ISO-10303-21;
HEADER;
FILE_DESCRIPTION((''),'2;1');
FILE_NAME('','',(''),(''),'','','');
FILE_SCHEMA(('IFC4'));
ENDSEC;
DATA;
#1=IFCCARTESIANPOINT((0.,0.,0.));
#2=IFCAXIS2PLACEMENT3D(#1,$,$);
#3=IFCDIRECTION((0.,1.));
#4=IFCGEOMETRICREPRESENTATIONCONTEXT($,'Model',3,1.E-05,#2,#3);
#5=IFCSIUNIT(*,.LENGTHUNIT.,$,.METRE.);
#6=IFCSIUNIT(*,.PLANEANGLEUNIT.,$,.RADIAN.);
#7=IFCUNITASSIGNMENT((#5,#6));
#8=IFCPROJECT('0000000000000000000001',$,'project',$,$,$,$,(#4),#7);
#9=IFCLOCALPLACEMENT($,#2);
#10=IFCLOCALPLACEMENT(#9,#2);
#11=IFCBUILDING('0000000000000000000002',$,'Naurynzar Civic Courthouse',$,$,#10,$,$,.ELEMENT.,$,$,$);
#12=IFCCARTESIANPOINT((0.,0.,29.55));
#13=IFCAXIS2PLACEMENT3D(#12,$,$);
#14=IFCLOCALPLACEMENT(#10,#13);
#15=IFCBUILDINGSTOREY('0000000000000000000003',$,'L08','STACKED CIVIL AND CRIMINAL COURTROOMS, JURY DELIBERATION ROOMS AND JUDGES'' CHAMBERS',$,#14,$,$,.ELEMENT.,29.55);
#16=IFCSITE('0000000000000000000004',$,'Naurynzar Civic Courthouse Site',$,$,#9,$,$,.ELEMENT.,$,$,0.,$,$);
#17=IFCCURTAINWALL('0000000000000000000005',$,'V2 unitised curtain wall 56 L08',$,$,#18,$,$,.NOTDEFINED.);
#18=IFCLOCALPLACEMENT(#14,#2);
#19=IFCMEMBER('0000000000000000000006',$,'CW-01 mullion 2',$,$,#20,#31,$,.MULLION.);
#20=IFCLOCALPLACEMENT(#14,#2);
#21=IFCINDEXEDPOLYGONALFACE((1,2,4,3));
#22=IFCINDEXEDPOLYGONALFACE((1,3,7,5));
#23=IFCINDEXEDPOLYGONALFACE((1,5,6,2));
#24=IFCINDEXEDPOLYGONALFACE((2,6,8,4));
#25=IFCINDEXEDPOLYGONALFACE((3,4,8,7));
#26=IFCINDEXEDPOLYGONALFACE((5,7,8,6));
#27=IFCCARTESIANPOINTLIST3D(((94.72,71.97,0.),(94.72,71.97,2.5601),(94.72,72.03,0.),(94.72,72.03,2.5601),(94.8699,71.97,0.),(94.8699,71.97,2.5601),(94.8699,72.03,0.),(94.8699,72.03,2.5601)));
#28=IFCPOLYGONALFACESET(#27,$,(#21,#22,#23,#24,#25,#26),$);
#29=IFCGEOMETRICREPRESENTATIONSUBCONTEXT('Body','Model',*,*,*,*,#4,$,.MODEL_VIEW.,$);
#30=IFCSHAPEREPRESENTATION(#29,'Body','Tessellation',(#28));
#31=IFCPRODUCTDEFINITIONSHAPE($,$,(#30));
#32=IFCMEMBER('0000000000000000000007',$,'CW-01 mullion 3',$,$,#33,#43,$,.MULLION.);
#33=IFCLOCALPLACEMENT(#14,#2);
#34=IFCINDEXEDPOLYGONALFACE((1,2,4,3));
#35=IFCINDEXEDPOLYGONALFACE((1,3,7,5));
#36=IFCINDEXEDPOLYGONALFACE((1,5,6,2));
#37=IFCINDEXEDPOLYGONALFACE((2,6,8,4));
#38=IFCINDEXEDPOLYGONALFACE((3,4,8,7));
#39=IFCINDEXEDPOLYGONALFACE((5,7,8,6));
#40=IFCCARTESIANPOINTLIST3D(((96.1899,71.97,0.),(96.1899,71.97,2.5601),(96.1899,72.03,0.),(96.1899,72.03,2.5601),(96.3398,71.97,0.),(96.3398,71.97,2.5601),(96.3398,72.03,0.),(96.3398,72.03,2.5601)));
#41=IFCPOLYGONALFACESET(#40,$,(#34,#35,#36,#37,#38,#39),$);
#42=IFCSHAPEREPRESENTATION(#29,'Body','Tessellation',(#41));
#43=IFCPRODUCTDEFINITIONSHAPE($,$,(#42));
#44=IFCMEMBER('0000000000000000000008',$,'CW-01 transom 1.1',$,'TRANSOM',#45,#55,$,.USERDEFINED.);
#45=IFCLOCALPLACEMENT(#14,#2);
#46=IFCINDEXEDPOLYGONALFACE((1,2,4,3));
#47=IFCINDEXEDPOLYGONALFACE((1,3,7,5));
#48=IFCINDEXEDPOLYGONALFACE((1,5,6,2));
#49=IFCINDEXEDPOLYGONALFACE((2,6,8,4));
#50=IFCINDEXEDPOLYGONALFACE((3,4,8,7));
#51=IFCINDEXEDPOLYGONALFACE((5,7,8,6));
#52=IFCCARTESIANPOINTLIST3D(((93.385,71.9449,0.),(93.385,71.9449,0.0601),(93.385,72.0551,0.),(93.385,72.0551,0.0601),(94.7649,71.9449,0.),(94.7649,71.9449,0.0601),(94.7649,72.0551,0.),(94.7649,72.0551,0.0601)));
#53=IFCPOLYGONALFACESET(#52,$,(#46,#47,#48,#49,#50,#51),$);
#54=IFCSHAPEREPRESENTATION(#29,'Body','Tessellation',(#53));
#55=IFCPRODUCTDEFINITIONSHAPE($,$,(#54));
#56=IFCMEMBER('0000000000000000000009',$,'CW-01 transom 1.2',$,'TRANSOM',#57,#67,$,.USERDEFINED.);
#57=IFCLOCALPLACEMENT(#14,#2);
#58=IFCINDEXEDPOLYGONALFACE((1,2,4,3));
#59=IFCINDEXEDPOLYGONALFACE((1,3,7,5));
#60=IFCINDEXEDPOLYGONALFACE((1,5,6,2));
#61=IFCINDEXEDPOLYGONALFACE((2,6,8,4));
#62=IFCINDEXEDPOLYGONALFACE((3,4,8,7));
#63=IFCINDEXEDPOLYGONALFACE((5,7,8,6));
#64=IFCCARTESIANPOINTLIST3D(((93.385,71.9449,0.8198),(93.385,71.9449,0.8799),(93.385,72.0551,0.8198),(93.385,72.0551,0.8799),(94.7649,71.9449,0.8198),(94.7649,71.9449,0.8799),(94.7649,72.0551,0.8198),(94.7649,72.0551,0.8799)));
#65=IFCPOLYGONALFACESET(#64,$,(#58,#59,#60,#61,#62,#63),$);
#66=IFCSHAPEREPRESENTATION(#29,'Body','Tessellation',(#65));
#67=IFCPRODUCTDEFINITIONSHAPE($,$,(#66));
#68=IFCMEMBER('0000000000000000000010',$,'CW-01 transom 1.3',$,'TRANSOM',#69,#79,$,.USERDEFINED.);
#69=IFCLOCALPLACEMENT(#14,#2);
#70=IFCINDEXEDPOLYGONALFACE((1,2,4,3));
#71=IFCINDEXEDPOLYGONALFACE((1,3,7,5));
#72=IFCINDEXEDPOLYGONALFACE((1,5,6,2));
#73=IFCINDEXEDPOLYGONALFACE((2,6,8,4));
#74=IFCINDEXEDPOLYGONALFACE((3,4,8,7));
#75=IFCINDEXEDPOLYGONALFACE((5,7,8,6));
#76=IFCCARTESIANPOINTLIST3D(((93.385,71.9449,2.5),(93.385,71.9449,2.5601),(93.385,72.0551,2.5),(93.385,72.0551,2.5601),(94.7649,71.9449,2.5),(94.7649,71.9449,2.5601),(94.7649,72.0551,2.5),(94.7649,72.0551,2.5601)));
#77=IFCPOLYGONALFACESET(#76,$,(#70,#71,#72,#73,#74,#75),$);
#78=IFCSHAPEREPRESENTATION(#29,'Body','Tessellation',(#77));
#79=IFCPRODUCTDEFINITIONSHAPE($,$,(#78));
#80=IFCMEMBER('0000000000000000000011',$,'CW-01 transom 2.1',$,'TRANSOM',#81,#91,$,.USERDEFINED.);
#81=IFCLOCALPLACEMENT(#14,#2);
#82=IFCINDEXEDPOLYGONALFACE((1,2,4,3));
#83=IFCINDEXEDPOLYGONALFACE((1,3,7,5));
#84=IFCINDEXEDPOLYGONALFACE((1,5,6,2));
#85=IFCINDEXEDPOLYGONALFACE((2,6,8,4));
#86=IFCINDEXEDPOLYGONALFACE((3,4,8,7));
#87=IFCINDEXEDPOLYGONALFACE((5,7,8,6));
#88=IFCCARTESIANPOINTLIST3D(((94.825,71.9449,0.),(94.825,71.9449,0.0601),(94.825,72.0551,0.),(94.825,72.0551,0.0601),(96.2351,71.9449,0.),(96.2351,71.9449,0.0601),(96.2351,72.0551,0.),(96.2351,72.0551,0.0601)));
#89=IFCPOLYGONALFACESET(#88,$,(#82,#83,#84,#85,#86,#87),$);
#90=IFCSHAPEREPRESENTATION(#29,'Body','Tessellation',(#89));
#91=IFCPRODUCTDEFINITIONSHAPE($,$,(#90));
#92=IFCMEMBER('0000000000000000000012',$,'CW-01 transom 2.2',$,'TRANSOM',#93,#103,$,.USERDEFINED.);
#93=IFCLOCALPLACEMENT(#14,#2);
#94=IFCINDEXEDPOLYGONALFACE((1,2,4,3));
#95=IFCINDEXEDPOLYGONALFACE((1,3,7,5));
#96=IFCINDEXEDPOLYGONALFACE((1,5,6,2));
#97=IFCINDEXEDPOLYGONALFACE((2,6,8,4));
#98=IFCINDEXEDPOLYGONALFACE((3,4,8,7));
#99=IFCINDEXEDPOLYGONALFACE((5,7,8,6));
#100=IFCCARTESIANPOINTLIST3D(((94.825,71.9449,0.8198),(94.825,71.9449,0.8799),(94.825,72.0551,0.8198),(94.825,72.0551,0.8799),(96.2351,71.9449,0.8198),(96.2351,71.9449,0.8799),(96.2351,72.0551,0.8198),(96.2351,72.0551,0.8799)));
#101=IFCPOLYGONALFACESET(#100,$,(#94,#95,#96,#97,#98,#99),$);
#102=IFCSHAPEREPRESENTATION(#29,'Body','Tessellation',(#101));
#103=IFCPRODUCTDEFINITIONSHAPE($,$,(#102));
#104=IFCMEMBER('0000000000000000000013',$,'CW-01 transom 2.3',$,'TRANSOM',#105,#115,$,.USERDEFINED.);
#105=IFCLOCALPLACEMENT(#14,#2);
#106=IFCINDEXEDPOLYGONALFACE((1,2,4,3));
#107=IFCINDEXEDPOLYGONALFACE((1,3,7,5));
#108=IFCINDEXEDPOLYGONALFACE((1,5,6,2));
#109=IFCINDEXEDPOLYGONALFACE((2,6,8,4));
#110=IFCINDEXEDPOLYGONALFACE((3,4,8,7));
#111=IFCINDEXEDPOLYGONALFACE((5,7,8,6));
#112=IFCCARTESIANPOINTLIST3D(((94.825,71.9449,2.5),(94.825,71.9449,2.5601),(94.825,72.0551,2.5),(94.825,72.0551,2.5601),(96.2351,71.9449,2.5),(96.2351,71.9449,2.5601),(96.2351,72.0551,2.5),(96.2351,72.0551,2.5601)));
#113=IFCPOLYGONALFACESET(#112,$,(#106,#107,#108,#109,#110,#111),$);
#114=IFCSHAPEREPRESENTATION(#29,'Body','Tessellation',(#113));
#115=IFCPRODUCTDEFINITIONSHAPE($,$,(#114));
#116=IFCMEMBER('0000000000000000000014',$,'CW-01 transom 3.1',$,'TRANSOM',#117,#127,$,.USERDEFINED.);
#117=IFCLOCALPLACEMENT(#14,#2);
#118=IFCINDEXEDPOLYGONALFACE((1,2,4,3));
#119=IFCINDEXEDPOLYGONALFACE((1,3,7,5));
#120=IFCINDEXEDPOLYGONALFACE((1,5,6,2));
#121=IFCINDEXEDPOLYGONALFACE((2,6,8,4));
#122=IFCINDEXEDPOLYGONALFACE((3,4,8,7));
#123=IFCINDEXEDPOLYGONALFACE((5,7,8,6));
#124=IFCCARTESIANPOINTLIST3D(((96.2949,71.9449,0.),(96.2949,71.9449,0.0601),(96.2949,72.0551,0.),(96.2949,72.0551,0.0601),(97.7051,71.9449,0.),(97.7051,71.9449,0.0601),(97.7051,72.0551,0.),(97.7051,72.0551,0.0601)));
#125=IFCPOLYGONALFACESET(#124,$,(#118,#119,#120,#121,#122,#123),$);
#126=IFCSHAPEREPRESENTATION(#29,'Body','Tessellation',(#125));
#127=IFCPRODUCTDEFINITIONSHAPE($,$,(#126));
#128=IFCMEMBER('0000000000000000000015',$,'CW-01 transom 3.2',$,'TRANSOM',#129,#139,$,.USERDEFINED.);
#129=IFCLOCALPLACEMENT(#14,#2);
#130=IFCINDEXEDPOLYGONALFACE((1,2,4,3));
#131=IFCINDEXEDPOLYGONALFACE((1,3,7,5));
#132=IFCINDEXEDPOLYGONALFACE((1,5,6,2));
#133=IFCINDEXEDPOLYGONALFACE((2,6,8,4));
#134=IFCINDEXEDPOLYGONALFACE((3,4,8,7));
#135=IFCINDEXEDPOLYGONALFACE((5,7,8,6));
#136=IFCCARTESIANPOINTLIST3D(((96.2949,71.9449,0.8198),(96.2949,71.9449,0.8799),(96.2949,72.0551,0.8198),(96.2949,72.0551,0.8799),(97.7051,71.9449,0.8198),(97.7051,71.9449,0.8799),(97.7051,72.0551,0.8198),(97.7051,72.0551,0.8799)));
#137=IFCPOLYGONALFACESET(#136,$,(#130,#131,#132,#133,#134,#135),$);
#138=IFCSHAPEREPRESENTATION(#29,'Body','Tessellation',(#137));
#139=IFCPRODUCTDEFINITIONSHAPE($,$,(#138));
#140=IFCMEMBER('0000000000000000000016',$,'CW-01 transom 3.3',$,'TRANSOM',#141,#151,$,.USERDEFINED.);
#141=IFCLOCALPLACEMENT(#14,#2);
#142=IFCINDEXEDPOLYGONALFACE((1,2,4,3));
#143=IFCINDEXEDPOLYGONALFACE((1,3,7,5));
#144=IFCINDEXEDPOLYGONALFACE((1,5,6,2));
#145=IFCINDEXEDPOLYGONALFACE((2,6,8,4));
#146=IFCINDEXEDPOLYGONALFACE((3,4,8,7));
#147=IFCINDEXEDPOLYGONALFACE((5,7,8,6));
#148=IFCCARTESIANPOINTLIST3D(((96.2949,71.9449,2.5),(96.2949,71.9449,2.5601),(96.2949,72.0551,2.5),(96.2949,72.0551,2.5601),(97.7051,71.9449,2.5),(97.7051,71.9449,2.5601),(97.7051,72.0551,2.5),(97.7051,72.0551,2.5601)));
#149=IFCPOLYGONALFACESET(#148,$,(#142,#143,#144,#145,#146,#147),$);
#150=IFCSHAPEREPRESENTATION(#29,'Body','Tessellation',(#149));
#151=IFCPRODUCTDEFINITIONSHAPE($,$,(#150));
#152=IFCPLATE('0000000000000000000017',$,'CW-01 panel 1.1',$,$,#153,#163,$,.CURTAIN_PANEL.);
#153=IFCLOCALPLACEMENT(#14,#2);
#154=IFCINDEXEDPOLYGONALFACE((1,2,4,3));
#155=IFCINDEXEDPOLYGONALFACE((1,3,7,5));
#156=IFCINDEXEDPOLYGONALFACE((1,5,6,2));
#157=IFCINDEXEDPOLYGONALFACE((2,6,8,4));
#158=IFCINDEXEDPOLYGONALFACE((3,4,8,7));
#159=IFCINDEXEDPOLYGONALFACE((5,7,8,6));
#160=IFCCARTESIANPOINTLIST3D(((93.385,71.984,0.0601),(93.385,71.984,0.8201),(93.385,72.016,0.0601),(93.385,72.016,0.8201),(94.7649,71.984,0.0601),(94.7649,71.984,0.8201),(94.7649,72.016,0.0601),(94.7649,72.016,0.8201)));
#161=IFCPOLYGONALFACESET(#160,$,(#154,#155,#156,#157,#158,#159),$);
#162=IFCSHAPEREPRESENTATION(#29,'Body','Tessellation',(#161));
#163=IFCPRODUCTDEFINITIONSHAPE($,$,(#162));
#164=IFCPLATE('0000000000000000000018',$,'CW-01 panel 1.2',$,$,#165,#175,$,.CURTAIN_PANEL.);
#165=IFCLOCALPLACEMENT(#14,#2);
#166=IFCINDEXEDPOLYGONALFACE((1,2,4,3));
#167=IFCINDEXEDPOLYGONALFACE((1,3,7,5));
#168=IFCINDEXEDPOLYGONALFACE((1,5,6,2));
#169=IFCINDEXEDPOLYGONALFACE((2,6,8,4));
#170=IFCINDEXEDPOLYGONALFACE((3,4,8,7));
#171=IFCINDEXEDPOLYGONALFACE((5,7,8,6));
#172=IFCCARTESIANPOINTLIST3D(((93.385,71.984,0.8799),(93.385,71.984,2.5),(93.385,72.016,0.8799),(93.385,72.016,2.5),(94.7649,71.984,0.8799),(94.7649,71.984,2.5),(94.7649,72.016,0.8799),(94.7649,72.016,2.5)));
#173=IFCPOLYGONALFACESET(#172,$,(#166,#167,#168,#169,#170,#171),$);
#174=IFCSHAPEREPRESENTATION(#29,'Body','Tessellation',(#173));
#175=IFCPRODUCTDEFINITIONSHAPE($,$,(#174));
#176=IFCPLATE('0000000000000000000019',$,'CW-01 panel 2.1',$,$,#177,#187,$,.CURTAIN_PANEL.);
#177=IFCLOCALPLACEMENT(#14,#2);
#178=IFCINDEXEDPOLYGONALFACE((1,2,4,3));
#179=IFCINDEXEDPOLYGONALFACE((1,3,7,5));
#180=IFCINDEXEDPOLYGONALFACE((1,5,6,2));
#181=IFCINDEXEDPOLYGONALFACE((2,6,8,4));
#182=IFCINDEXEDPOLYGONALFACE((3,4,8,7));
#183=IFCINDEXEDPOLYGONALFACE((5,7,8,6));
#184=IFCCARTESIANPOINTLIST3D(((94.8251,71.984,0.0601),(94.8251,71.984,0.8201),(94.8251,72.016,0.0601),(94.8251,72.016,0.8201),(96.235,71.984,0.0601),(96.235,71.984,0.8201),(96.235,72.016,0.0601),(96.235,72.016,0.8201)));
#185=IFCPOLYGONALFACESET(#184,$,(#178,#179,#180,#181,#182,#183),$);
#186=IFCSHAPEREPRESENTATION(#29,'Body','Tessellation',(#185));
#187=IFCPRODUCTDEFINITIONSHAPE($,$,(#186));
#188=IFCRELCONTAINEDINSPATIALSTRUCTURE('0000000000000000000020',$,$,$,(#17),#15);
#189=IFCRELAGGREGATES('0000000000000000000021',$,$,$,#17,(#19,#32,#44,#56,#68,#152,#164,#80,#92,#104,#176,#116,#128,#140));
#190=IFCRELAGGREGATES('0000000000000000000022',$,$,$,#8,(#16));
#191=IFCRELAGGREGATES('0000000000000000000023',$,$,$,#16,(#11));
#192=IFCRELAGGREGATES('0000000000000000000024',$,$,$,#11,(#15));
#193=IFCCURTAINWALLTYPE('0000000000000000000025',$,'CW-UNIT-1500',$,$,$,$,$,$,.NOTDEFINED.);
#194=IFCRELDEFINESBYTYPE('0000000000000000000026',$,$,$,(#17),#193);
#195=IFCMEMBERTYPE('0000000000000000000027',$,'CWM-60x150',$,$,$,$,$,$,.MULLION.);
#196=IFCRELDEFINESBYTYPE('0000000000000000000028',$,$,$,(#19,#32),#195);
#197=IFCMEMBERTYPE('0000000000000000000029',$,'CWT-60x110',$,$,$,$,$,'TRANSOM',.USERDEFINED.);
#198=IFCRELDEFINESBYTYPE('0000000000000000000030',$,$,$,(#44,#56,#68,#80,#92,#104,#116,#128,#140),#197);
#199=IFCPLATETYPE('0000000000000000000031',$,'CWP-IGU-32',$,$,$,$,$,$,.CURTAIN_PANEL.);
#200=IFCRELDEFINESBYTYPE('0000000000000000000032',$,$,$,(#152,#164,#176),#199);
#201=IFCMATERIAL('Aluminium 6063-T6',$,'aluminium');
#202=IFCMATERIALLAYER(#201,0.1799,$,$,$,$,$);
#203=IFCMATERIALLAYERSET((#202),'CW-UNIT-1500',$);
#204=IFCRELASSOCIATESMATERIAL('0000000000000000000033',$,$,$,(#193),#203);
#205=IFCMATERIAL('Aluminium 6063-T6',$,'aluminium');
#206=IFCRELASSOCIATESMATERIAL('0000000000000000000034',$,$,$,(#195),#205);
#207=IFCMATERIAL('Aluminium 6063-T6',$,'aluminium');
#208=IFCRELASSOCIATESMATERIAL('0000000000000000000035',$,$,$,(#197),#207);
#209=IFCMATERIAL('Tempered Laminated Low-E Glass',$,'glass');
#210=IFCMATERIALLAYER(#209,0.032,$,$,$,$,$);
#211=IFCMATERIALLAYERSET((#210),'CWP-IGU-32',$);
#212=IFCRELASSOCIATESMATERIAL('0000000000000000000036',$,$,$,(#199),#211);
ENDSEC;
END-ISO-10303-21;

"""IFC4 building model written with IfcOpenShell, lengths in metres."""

from ifc_helpers import new_model, si_unit, direction, frame, origin, origin_2d, place, context, subcontext, project, spatial, rectangle, extrude, material, layer, layer_set, material_profile, profile_set, type_object, element, aggregate, save


model = new_model("IFC4")

# Units and contexts
model_context = context("Model", 3, precision=1e-05, world=origin(), true_north=direction((0.0, 1.0)))
body_context = subcontext(model_context, "Body", "Model", "MODEL_VIEW")
ifc_project = project(units=[si_unit("LENGTHUNIT", "METRE"), si_unit("PLANEANGLEUNIT", "RADIAN")], contexts=[model_context])

# Site, building, storey
site_placement = place(None, origin())
site = spatial("IfcSite", under=ifc_project, at=site_placement, Name="Naurynzar Civic Courthouse Site", CompositionType="ELEMENT", RefElevation=0.0)
building_placement = place(site_placement, origin())
building = spatial("IfcBuilding", under=site, at=building_placement, Name="Naurynzar Civic Courthouse", CompositionType="ELEMENT")
storey_placement = place(building_placement, frame((0.0, 0.0, 29.55)))
storey = spatial("IfcBuildingStorey", under=building, at=storey_placement, Name="L08", Description="STACKED CIVIL AND CRIMINAL COURTROOMS, JURY DELIBERATION ROOMS AND JUDGES' CHAMBERS", CompositionType="ELEMENT", Elevation=29.55)

# Curtain wall, members, plates
ifc_material_1 = material(Name="Aluminium 6063-T6", Category="aluminium")
ifc_layer_1 = layer(ifc_material_1, 0.1799)
ifc_layer_set_1 = layer_set([ifc_layer_1], Name="CW-UNIT-1500")
curtain_wall_type = type_object("IfcCurtainWallType", Name="CW-UNIT-1500", PredefinedType="NOTDEFINED", material=ifc_layer_set_1)
curtain_wall_placement = place(storey_placement, origin())
curtain_wall = element("IfcCurtainWall", 1, at=curtain_wall_placement, inside=storey, type_object=curtain_wall_type, Name="V2 unitised curtain wall 56 L08", PredefinedType="NOTDEFINED")
ifc_material_2 = material(Name="Aluminium 6063-T6", Category="aluminium")
ifc_material_profile_1 = material_profile(ifc_material_2, rectangle(XDim=0.0601, YDim=0.1499, at=origin_2d()), Name="ALU MULLION 60x150")
ifc_profile_set_1 = profile_set([ifc_material_profile_1], Name="Aluminium 6063-T6")
member_type_1 = type_object("IfcMemberType", Name="CWM-60x150", PredefinedType="MULLION", material=ifc_profile_set_1)
member_1_placement = place(storey_placement, frame((94.7949, 72.0, 0.0), z_axis=(0.0, 0.0, 1.0), x_axis=(0.0, 1.0, 0.0)))
member_1 = element("IfcMember", 2, at=member_1_placement, type_object=member_type_1, Name="CW-01 mullion 2", PredefinedType="MULLION", context=body_context, shape_type="SweptSolid", body=[
    extrude(rectangle(XDim=0.0601, YDim=0.1499, at=origin_2d()), origin(), (0.0, 0.0, 1.0), 2.5601),
])
member_2_placement = place(storey_placement, frame((96.2649, 72.0, 0.0), z_axis=(0.0, 0.0, 1.0), x_axis=(0.0, 1.0, 0.0)))
member_2 = element("IfcMember", 3, at=member_2_placement, type_object=member_type_1, Name="CW-01 mullion 3", PredefinedType="MULLION", context=body_context, shape_type="SweptSolid", body=[
    extrude(rectangle(XDim=0.0601, YDim=0.1499, at=origin_2d()), origin(), (0.0, 0.0, 1.0), 2.5601),
])
ifc_material_3 = material(Name="Aluminium 6063-T6", Category="aluminium")
ifc_material_profile_2 = material_profile(ifc_material_3, rectangle(XDim=0.1101, YDim=0.0601, at=origin_2d()), Name="ALU TRANSOM 60x110")
ifc_profile_set_2 = profile_set([ifc_material_profile_2], Name="Aluminium 6063-T6")
member_type_2 = type_object("IfcMemberType", Name="CWT-60x110", ElementType="TRANSOM", PredefinedType="USERDEFINED", material=ifc_profile_set_2)
member_3_placement = place(storey_placement, frame((93.385, 72.0, 0.03), z_axis=(1.0, 0.0, 0.0), x_axis=(0.0, 1.0, 0.0)))
member_3 = element("IfcMember", 4, at=member_3_placement, type_object=member_type_2, Name="CW-01 transom 1.1", ObjectType="TRANSOM", PredefinedType="USERDEFINED", context=body_context, shape_type="SweptSolid", body=[
    extrude(rectangle(XDim=0.1101, YDim=0.0601, at=origin_2d()), origin(), (0.0, 0.0, 1.0), 1.3799),
])
member_4_placement = place(storey_placement, frame((93.385, 72.0, 0.8499), z_axis=(1.0, 0.0, 0.0), x_axis=(0.0, 1.0, 0.0)))
member_4 = element("IfcMember", 5, at=member_4_placement, type_object=member_type_2, Name="CW-01 transom 1.2", ObjectType="TRANSOM", PredefinedType="USERDEFINED", context=body_context, shape_type="SweptSolid", body=[
    extrude(rectangle(XDim=0.1101, YDim=0.0601, at=origin_2d()), origin(), (0.0, 0.0, 1.0), 1.3799),
])
member_5_placement = place(storey_placement, frame((93.385, 72.0, 2.53), z_axis=(1.0, 0.0, 0.0), x_axis=(0.0, 1.0, 0.0)))
member_5 = element("IfcMember", 6, at=member_5_placement, type_object=member_type_2, Name="CW-01 transom 1.3", ObjectType="TRANSOM", PredefinedType="USERDEFINED", context=body_context, shape_type="SweptSolid", body=[
    extrude(rectangle(XDim=0.1101, YDim=0.0601, at=origin_2d()), origin(), (0.0, 0.0, 1.0), 1.3799),
])
member_6_placement = place(storey_placement, frame((94.825, 72.0, 0.03), z_axis=(1.0, 0.0, 0.0), x_axis=(0.0, 1.0, 0.0)))
member_6 = element("IfcMember", 7, at=member_6_placement, type_object=member_type_2, Name="CW-01 transom 2.1", ObjectType="TRANSOM", PredefinedType="USERDEFINED", context=body_context, shape_type="SweptSolid", body=[
    extrude(rectangle(XDim=0.1101, YDim=0.0601, at=origin_2d()), origin(), (0.0, 0.0, 1.0), 1.4102),
])
member_7_placement = place(storey_placement, frame((94.825, 72.0, 0.8499), z_axis=(1.0, 0.0, 0.0), x_axis=(0.0, 1.0, 0.0)))
member_7 = element("IfcMember", 8, at=member_7_placement, type_object=member_type_2, Name="CW-01 transom 2.2", ObjectType="TRANSOM", PredefinedType="USERDEFINED", context=body_context, shape_type="SweptSolid", body=[
    extrude(rectangle(XDim=0.1101, YDim=0.0601, at=origin_2d()), origin(), (0.0, 0.0, 1.0), 1.4102),
])
member_8_placement = place(storey_placement, frame((94.825, 72.0, 2.53), z_axis=(1.0, 0.0, 0.0), x_axis=(0.0, 1.0, 0.0)))
member_8 = element("IfcMember", 9, at=member_8_placement, type_object=member_type_2, Name="CW-01 transom 2.3", ObjectType="TRANSOM", PredefinedType="USERDEFINED", context=body_context, shape_type="SweptSolid", body=[
    extrude(rectangle(XDim=0.1101, YDim=0.0601, at=origin_2d()), origin(), (0.0, 0.0, 1.0), 1.4102),
])
member_9_placement = place(storey_placement, frame((96.2949, 72.0, 0.03), z_axis=(1.0, 0.0, 0.0), x_axis=(0.0, 1.0, 0.0)))
member_9 = element("IfcMember", 10, at=member_9_placement, type_object=member_type_2, Name="CW-01 transom 3.1", ObjectType="TRANSOM", PredefinedType="USERDEFINED", context=body_context, shape_type="SweptSolid", body=[
    extrude(rectangle(XDim=0.1101, YDim=0.0601, at=origin_2d()), origin(), (0.0, 0.0, 1.0), 1.4102),
])
member_10_placement = place(storey_placement, frame((96.2949, 72.0, 0.8499), z_axis=(1.0, 0.0, 0.0), x_axis=(0.0, 1.0, 0.0)))
member_10 = element("IfcMember", 11, at=member_10_placement, type_object=member_type_2, Name="CW-01 transom 3.2", ObjectType="TRANSOM", PredefinedType="USERDEFINED", context=body_context, shape_type="SweptSolid", body=[
    extrude(rectangle(XDim=0.1101, YDim=0.0601, at=origin_2d()), origin(), (0.0, 0.0, 1.0), 1.4102),
])
member_11_placement = place(storey_placement, frame((96.2949, 72.0, 2.53), z_axis=(1.0, 0.0, 0.0), x_axis=(0.0, 1.0, 0.0)))
member_11 = element("IfcMember", 12, at=member_11_placement, type_object=member_type_2, Name="CW-01 transom 3.3", ObjectType="TRANSOM", PredefinedType="USERDEFINED", context=body_context, shape_type="SweptSolid", body=[
    extrude(rectangle(XDim=0.1101, YDim=0.0601, at=origin_2d()), origin(), (0.0, 0.0, 1.0), 1.4102),
])
ifc_material_4 = material(Name="Tempered Laminated Low-E Glass", Category="glass")
ifc_layer_2 = layer(ifc_material_4, 0.032)
ifc_layer_set_2 = layer_set([ifc_layer_2], Name="CWP-IGU-32")
plate_type = type_object("IfcPlateType", Name="CWP-IGU-32", PredefinedType="CURTAIN_PANEL", material=ifc_layer_set_2)
plate_1_placement = place(storey_placement, frame((94.075, 72.0, 0.0601), z_axis=(0.0, 0.0, 1.0), x_axis=(1.0, 0.0, 0.0)))
plate_1 = element("IfcPlate", 13, at=plate_1_placement, type_object=plate_type, Name="CW-01 panel 1.1", PredefinedType="CURTAIN_PANEL", context=body_context, shape_type="SweptSolid", body=[
    extrude(rectangle(XDim=1.3799, YDim=0.032, at=origin_2d()), origin(), (0.0, 0.0, 1.0), 0.76),
])
plate_2_placement = place(storey_placement, frame((94.075, 72.0, 0.8799), z_axis=(0.0, 0.0, 1.0), x_axis=(1.0, 0.0, 0.0)))
plate_2 = element("IfcPlate", 14, at=plate_2_placement, type_object=plate_type, Name="CW-01 panel 1.2", PredefinedType="CURTAIN_PANEL", context=body_context, shape_type="SweptSolid", body=[
    extrude(rectangle(XDim=1.3799, YDim=0.032, at=origin_2d()), origin(), (0.0, 0.0, 1.0), 1.6201),
])
plate_3_placement = place(storey_placement, frame((95.53, 72.0, 0.0601), z_axis=(0.0, 0.0, 1.0), x_axis=(1.0, 0.0, 0.0)))
plate_3 = element("IfcPlate", 15, at=plate_3_placement, type_object=plate_type, Name="CW-01 panel 2.1", PredefinedType="CURTAIN_PANEL", context=body_context, shape_type="SweptSolid", body=[
    extrude(rectangle(XDim=1.4099, YDim=0.032, at=origin_2d()), origin(), (0.0, 0.0, 1.0), 0.76),
])
aggregate(curtain_wall, [member_1, member_2, member_3, member_4, member_5, plate_1, plate_2, member_6, member_7, member_8, plate_3, member_9, member_10, member_11])

save(model, "model.ifc")
